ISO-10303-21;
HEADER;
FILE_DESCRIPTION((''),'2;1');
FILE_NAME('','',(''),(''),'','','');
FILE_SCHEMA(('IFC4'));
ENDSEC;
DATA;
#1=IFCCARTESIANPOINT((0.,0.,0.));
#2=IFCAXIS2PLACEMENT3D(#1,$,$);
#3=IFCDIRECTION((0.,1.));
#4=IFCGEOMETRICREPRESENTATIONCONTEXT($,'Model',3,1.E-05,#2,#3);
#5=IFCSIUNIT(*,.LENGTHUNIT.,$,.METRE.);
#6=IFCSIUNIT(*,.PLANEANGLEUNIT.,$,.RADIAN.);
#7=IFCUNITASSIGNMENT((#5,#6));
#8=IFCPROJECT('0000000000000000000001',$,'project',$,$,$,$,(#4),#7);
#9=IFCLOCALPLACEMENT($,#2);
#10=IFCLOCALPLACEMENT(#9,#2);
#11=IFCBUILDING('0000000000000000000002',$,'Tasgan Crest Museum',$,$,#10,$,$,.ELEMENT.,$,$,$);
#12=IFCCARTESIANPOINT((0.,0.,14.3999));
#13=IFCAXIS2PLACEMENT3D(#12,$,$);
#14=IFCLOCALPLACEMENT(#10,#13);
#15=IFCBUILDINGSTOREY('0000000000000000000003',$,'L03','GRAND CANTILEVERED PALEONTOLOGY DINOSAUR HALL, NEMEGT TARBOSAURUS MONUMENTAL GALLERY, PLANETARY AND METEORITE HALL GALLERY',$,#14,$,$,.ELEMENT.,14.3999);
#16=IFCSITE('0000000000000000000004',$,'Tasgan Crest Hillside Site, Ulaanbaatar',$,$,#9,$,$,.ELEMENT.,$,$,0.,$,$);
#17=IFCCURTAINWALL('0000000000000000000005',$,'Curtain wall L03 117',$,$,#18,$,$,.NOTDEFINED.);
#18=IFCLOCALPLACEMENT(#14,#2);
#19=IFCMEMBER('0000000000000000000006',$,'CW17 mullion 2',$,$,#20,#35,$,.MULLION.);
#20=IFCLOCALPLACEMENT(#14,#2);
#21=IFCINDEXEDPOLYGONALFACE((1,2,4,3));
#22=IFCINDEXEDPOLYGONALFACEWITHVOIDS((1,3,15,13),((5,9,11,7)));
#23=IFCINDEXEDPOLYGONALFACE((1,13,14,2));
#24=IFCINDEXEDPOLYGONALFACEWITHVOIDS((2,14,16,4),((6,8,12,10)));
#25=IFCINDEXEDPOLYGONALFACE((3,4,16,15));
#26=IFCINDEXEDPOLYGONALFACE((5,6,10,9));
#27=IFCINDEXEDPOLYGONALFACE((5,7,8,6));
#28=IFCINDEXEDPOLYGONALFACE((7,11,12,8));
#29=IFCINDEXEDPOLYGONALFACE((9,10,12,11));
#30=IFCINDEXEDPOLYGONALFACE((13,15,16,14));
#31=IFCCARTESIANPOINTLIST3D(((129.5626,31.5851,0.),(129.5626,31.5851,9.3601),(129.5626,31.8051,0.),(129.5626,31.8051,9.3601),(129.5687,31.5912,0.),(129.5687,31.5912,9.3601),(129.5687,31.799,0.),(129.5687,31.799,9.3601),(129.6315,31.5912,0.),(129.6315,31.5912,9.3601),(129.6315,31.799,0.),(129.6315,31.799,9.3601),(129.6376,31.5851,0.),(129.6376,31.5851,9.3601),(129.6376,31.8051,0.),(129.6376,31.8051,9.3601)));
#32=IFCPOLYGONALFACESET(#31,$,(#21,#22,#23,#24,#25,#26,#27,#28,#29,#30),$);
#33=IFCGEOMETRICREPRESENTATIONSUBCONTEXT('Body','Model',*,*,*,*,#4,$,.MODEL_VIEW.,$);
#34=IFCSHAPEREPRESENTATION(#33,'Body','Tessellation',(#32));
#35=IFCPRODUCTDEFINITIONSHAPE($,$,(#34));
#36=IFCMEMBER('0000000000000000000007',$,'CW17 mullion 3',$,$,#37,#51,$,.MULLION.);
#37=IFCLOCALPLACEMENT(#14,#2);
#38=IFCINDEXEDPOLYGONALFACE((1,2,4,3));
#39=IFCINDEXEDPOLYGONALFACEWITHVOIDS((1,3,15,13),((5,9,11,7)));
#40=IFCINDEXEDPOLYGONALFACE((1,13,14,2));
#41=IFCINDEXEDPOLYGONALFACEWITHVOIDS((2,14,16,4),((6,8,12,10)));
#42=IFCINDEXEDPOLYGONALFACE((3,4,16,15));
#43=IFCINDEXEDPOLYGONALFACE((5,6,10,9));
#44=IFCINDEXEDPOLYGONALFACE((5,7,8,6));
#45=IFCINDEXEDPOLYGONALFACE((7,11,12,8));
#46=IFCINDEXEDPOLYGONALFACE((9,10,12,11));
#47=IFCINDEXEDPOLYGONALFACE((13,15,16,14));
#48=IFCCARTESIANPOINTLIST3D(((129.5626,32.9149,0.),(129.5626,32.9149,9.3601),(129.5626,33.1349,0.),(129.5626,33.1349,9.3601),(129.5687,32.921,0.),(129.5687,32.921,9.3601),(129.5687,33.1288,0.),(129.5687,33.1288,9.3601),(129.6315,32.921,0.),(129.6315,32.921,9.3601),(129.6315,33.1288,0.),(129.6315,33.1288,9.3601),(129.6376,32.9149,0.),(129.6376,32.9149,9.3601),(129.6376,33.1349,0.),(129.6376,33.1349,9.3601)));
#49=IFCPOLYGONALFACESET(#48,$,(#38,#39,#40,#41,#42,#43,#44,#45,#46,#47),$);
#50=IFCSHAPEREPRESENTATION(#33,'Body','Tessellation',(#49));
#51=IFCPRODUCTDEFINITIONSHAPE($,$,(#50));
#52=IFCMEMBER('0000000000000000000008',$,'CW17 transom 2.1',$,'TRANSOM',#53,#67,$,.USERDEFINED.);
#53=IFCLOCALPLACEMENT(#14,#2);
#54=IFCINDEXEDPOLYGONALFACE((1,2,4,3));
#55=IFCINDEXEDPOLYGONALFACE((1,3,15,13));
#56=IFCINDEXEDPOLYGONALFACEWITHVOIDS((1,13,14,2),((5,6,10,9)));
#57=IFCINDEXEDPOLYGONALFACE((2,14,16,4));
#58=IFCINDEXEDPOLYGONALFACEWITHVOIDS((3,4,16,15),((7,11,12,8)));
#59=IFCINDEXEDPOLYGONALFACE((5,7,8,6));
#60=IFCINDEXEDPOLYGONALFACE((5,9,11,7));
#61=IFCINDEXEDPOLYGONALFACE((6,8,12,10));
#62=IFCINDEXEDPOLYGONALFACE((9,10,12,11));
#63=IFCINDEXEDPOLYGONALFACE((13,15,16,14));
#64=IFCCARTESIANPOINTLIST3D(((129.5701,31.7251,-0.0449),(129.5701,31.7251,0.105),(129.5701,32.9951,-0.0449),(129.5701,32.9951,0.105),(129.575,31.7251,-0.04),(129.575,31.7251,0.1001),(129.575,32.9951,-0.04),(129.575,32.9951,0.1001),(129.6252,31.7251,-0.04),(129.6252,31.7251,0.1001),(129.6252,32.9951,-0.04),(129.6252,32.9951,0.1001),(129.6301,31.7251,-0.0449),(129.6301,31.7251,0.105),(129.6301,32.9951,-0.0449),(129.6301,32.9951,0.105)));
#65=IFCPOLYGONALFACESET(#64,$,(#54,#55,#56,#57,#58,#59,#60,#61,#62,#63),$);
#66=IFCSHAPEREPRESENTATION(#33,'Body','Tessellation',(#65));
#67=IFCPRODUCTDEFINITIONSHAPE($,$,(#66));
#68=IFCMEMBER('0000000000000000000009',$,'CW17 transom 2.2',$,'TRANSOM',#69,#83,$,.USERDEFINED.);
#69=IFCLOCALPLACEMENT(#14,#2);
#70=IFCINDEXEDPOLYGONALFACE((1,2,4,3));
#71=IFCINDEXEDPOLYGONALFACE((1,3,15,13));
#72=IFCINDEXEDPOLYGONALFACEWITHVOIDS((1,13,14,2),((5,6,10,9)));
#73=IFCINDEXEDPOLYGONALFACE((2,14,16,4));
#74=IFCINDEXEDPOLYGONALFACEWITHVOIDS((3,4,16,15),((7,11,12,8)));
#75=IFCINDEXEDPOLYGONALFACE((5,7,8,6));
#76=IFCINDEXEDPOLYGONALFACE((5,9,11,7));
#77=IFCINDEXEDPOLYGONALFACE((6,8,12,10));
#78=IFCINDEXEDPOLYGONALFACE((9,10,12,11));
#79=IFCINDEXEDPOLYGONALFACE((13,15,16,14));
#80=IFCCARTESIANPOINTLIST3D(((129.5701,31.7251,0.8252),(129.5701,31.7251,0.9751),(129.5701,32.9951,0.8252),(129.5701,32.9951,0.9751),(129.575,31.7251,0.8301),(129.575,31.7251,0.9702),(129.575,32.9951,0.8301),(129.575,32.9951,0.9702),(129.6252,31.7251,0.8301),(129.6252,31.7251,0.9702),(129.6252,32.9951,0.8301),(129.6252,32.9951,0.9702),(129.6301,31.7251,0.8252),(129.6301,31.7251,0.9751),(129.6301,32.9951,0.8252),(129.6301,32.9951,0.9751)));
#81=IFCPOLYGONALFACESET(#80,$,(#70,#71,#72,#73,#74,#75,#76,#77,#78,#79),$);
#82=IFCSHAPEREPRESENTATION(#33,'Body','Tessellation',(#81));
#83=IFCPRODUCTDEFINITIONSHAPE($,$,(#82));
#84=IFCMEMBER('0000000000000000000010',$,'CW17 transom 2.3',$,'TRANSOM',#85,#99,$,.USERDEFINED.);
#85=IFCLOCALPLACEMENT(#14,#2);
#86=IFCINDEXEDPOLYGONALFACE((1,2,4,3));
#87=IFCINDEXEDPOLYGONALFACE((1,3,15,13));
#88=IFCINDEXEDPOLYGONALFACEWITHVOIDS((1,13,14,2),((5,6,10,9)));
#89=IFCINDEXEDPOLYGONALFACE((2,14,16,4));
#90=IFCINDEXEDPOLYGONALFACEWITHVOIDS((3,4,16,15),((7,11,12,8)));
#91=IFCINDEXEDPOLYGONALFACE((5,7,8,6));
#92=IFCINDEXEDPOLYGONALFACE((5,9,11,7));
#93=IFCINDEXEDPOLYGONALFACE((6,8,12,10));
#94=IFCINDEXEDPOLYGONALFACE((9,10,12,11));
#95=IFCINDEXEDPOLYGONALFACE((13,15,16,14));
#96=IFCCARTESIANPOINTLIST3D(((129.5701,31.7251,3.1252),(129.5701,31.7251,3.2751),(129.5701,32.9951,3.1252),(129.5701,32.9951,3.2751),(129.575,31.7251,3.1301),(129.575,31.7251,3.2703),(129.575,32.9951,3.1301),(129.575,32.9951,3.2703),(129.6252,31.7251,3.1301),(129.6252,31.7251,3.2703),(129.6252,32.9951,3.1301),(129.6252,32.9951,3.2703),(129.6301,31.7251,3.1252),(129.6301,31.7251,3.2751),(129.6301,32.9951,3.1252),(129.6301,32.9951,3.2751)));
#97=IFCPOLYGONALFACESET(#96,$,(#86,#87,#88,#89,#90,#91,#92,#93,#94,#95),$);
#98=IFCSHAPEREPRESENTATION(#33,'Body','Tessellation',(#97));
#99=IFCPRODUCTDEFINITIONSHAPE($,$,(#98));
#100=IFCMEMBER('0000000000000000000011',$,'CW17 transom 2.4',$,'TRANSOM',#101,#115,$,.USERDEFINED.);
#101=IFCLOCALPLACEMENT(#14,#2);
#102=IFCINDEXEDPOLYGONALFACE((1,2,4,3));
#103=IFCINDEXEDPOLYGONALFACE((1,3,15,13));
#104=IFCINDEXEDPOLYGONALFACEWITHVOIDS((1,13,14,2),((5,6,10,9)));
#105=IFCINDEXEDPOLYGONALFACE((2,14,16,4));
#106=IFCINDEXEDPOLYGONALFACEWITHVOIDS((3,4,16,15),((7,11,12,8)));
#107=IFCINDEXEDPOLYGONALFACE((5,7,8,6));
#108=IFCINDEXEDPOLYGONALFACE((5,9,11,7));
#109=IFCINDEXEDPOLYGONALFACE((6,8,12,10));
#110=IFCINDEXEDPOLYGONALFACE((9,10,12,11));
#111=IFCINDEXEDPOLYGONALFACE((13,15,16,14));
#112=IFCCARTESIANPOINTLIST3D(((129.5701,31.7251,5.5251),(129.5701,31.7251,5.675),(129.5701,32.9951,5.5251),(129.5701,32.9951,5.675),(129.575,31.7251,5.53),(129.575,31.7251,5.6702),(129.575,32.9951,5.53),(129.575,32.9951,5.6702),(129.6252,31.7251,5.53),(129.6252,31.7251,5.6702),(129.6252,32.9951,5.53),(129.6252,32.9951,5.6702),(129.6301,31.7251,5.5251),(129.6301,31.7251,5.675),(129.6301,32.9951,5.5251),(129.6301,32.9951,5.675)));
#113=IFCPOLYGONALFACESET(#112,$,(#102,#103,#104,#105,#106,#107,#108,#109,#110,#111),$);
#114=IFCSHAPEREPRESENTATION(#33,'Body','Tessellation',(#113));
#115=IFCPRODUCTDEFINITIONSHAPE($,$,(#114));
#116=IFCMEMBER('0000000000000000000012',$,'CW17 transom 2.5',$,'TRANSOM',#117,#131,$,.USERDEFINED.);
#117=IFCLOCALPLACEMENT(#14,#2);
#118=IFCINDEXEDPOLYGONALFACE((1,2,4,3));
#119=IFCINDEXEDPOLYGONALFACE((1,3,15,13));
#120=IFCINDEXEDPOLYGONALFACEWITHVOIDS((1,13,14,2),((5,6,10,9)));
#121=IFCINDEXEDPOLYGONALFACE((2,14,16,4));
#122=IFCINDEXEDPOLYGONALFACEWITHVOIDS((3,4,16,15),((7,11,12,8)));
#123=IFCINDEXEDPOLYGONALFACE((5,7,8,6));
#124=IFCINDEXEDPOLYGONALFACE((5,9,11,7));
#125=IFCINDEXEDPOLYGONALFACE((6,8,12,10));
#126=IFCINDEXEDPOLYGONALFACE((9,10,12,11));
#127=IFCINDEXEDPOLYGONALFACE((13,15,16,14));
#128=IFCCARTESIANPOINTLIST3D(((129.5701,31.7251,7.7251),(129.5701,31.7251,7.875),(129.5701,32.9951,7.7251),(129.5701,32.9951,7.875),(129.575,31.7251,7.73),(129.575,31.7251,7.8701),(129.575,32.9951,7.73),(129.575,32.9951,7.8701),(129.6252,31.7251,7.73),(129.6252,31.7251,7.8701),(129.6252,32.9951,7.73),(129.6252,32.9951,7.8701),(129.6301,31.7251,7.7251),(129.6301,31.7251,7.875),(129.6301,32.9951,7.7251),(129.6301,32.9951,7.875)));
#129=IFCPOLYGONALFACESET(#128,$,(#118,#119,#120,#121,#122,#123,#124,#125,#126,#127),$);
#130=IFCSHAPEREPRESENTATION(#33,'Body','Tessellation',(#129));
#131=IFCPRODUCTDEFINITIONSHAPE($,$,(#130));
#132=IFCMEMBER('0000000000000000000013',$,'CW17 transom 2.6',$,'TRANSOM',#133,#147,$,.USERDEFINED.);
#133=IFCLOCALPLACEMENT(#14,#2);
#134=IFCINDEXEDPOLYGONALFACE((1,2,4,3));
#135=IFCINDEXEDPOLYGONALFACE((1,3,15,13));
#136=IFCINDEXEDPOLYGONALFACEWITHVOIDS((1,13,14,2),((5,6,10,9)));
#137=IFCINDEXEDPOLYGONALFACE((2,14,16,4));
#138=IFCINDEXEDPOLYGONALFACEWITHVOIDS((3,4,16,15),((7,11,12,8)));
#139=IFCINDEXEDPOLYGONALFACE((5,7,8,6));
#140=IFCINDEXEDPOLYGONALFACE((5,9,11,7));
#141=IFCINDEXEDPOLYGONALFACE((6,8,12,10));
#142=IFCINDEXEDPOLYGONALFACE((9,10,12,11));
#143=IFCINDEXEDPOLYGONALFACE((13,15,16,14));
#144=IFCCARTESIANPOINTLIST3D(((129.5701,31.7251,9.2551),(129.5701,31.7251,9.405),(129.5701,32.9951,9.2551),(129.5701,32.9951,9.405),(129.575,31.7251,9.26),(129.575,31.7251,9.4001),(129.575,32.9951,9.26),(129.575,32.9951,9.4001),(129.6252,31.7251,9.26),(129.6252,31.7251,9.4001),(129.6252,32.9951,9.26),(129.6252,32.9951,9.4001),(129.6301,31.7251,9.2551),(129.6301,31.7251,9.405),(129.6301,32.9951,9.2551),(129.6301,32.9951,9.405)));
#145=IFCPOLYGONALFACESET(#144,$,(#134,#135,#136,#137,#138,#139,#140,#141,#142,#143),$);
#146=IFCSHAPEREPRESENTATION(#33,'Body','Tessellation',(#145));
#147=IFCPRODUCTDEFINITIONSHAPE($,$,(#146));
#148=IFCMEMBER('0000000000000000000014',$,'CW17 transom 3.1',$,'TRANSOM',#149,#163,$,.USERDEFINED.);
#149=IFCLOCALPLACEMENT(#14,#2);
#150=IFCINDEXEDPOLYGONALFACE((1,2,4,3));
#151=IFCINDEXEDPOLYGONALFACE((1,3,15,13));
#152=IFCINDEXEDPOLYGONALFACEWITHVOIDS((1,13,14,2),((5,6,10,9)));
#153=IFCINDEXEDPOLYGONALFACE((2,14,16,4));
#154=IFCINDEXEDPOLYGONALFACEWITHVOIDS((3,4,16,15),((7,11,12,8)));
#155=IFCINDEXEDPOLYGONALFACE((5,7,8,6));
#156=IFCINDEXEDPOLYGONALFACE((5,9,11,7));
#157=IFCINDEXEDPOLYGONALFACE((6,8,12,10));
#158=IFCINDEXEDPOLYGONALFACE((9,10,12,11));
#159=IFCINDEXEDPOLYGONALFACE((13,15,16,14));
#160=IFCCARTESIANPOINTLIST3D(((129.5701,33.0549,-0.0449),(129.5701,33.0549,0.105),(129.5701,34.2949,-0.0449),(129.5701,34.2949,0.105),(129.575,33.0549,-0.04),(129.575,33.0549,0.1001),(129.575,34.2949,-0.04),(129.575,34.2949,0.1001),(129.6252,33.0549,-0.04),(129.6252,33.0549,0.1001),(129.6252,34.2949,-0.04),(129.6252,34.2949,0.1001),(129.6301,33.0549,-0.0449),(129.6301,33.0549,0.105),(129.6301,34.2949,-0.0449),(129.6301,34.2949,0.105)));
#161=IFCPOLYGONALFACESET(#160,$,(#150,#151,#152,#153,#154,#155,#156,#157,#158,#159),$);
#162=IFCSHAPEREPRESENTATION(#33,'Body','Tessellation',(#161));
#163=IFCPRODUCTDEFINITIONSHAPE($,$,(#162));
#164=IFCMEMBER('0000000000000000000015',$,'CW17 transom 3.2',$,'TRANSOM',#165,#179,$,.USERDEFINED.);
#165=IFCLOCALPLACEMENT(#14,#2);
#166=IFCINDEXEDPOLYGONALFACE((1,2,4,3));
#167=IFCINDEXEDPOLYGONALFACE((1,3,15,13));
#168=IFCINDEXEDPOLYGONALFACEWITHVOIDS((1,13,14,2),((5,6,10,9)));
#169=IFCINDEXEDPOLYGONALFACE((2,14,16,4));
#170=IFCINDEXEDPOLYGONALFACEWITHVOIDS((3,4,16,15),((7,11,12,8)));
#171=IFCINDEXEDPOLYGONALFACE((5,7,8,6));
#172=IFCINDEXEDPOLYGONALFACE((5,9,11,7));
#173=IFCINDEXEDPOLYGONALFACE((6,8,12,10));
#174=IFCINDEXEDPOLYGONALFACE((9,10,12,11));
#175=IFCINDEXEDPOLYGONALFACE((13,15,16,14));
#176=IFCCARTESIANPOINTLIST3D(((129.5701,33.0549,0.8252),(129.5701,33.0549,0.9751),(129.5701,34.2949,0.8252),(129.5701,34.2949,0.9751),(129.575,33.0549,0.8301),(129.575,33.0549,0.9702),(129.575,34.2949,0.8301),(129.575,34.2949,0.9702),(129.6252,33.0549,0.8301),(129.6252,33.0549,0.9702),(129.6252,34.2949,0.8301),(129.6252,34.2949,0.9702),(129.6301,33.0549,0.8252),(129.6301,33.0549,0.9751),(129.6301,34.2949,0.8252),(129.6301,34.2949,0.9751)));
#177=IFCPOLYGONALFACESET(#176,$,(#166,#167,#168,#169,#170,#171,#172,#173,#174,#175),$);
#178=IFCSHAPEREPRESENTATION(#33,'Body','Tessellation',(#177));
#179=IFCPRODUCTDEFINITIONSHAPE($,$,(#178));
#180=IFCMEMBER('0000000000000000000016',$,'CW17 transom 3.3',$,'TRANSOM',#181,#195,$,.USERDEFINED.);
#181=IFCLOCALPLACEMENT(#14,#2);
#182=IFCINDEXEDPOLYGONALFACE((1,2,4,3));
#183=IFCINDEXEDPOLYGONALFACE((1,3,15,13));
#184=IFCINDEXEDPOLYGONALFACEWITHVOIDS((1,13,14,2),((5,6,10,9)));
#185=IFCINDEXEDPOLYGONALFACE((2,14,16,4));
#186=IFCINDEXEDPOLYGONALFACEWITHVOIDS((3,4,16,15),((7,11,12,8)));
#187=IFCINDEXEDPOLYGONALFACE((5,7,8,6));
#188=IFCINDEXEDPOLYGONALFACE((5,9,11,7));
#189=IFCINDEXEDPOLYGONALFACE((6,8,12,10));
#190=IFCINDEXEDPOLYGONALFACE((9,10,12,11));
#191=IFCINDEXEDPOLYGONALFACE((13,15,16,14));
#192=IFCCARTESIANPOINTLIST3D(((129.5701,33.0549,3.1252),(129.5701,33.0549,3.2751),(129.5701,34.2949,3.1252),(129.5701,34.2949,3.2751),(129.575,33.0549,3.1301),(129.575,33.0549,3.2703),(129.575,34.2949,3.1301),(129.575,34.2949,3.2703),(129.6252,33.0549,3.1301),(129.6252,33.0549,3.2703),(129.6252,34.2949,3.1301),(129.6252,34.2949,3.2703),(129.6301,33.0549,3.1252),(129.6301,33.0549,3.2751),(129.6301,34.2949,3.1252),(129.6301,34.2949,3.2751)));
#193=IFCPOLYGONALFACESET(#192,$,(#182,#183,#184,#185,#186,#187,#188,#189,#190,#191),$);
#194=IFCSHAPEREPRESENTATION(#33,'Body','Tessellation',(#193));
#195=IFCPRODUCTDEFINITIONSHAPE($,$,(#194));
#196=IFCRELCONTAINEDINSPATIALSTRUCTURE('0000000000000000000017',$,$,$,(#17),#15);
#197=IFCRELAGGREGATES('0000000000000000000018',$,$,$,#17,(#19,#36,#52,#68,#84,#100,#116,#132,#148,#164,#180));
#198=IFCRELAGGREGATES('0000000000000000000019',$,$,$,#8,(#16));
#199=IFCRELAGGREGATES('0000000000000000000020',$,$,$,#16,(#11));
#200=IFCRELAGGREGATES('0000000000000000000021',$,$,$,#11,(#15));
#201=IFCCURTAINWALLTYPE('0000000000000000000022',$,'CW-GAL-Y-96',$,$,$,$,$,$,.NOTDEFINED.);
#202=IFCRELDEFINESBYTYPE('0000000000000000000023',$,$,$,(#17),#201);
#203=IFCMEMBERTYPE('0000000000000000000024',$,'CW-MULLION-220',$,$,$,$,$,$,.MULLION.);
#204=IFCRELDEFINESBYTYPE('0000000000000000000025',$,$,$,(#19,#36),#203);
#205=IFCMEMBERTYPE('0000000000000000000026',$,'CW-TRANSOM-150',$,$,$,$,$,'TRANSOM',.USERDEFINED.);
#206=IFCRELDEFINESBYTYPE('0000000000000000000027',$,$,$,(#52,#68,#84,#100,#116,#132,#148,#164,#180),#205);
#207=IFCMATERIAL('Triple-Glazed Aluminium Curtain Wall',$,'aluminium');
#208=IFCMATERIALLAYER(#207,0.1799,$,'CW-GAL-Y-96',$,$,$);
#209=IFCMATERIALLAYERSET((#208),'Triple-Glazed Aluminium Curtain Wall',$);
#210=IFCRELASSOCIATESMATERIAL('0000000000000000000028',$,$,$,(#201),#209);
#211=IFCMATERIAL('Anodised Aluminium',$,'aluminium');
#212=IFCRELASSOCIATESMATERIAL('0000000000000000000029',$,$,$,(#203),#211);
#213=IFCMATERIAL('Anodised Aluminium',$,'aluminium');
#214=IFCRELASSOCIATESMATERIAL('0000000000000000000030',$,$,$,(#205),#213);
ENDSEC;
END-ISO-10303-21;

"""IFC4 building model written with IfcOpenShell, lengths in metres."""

from ifc_helpers import new_model, si_unit, direction, frame, origin, origin_2d, place, context, subcontext, project, spatial, hollow_rectangle, extrude, material, layer, layer_set, material_profile, profile_set, type_object, element, aggregate, save


model = new_model("IFC4")

# Units and contexts
model_context = context("Model", 3, precision=1e-05, world=origin(), true_north=direction((0.0, 1.0)))
body_context = subcontext(model_context, "Body", "Model", "MODEL_VIEW")
ifc_project = project(units=[si_unit("LENGTHUNIT", "METRE"), si_unit("PLANEANGLEUNIT", "RADIAN")], contexts=[model_context])

# Site, building, storey
site_placement = place(None, origin())
site = spatial("IfcSite", under=ifc_project, at=site_placement, Name="Tasgan Crest Hillside Site, Ulaanbaatar", CompositionType="ELEMENT", RefElevation=0.0)
building_placement = place(site_placement, origin())
building = spatial("IfcBuilding", under=site, at=building_placement, Name="Tasgan Crest Museum", CompositionType="ELEMENT")
storey_placement = place(building_placement, frame((0.0, 0.0, 14.3999)))
storey = spatial("IfcBuildingStorey", under=building, at=storey_placement, Name="L03", Description="GRAND CANTILEVERED PALEONTOLOGY DINOSAUR HALL, NEMEGT TARBOSAURUS MONUMENTAL GALLERY, PLANETARY AND METEORITE HALL GALLERY", CompositionType="ELEMENT", Elevation=14.3999)

# Curtain wall, members
ifc_material_1 = material(Name="Triple-Glazed Aluminium Curtain Wall", Category="aluminium")
ifc_layer_1 = layer(ifc_material_1, 0.1799, Name="CW-GAL-Y-96")
ifc_layer_set_1 = layer_set([ifc_layer_1], Name="Triple-Glazed Aluminium Curtain Wall")
curtain_wall_type = type_object("IfcCurtainWallType", Name="CW-GAL-Y-96", PredefinedType="NOTDEFINED", material=ifc_layer_set_1)
curtain_wall_placement = place(storey_placement, origin())
curtain_wall = element("IfcCurtainWall", 1, at=curtain_wall_placement, inside=storey, type_object=curtain_wall_type, Name="Curtain wall L03 117", PredefinedType="NOTDEFINED")
ifc_material_2 = material(Name="Anodised Aluminium", Category="aluminium")
ifc_material_profile_1 = material_profile(ifc_material_2, hollow_rectangle(XDim=0.075, YDim=0.22, WallThickness=0.0061, at=origin_2d()), Name="ALU MULLION 220x75x6")
ifc_profile_set_1 = profile_set([ifc_material_profile_1], Name="Anodised Aluminium")
member_type_1 = type_object("IfcMemberType", Name="CW-MULLION-220", PredefinedType="MULLION", material=ifc_profile_set_1)
member_1_placement = place(storey_placement, frame((129.6001, 31.6951, 0.0), z_axis=(0.0, 0.0, 1.0), x_axis=(-1.0, 0.0, 0.0)))
member_1 = element("IfcMember", 2, at=member_1_placement, type_object=member_type_1, Name="CW17 mullion 2", PredefinedType="MULLION", context=body_context, shape_type="SweptSolid", body=[
    extrude(hollow_rectangle(XDim=0.075, YDim=0.22, WallThickness=0.0061, at=origin_2d()), origin(), (0.0, 0.0, 1.0), 9.3601),
])
member_2_placement = place(storey_placement, frame((129.6001, 33.0249, 0.0), z_axis=(0.0, 0.0, 1.0), x_axis=(-1.0, 0.0, 0.0)))
member_2 = element("IfcMember", 3, at=member_2_placement, type_object=member_type_1, Name="CW17 mullion 3", PredefinedType="MULLION", context=body_context, shape_type="SweptSolid", body=[
    extrude(hollow_rectangle(XDim=0.075, YDim=0.22, WallThickness=0.0061, at=origin_2d()), origin(), (0.0, 0.0, 1.0), 9.3601),
])
ifc_material_3 = material(Name="Anodised Aluminium", Category="aluminium")
ifc_material_profile_2 = material_profile(ifc_material_3, hollow_rectangle(XDim=0.0601, YDim=0.1499, WallThickness=0.0049, at=origin_2d()), Name="ALU TRANSOM 150x60x5")
ifc_profile_set_2 = profile_set([ifc_material_profile_2], Name="Anodised Aluminium")
member_type_2 = type_object("IfcMemberType", Name="CW-TRANSOM-150", ElementType="TRANSOM", PredefinedType="USERDEFINED", material=ifc_profile_set_2)
member_3_placement = place(storey_placement, frame((129.6001, 31.7251, 0.03), z_axis=(0.0, 1.0, 0.0), x_axis=(-1.0, 0.0, 0.0)))
member_3 = element("IfcMember", 4, at=member_3_placement, type_object=member_type_2, Name="CW17 transom 2.1", ObjectType="TRANSOM", PredefinedType="USERDEFINED", context=body_context, shape_type="SweptSolid", body=[
    extrude(hollow_rectangle(XDim=0.0601, YDim=0.1499, WallThickness=0.0049, at=origin_2d()), origin(), (0.0, 0.0, 1.0), 1.27),
])
member_4_placement = place(storey_placement, frame((129.6001, 31.7251, 0.9001), z_axis=(0.0, 1.0, 0.0), x_axis=(-1.0, 0.0, 0.0)))
member_4 = element("IfcMember", 5, at=member_4_placement, type_object=member_type_2, Name="CW17 transom 2.2", ObjectType="TRANSOM", PredefinedType="USERDEFINED", context=body_context, shape_type="SweptSolid", body=[
    extrude(hollow_rectangle(XDim=0.0601, YDim=0.1499, WallThickness=0.0049, at=origin_2d()), origin(), (0.0, 0.0, 1.0), 1.27),
])
member_5_placement = place(storey_placement, frame((129.6001, 31.7251, 3.2002), z_axis=(0.0, 1.0, 0.0), x_axis=(-1.0, 0.0, 0.0)))
member_5 = element("IfcMember", 6, at=member_5_placement, type_object=member_type_2, Name="CW17 transom 2.3", ObjectType="TRANSOM", PredefinedType="USERDEFINED", context=body_context, shape_type="SweptSolid", body=[
    extrude(hollow_rectangle(XDim=0.0601, YDim=0.1499, WallThickness=0.0049, at=origin_2d()), origin(), (0.0, 0.0, 1.0), 1.27),
])
member_6_placement = place(storey_placement, frame((129.6001, 31.7251, 5.6001), z_axis=(0.0, 1.0, 0.0), x_axis=(-1.0, 0.0, 0.0)))
member_6 = element("IfcMember", 7, at=member_6_placement, type_object=member_type_2, Name="CW17 transom 2.4", ObjectType="TRANSOM", PredefinedType="USERDEFINED", context=body_context, shape_type="SweptSolid", body=[
    extrude(hollow_rectangle(XDim=0.0601, YDim=0.1499, WallThickness=0.0049, at=origin_2d()), origin(), (0.0, 0.0, 1.0), 1.27),
])
member_7_placement = place(storey_placement, frame((129.6001, 31.7251, 7.8), z_axis=(0.0, 1.0, 0.0), x_axis=(-1.0, 0.0, 0.0)))
member_7 = element("IfcMember", 8, at=member_7_placement, type_object=member_type_2, Name="CW17 transom 2.5", ObjectType="TRANSOM", PredefinedType="USERDEFINED", context=body_context, shape_type="SweptSolid", body=[
    extrude(hollow_rectangle(XDim=0.0601, YDim=0.1499, WallThickness=0.0049, at=origin_2d()), origin(), (0.0, 0.0, 1.0), 1.27),
])
member_8_placement = place(storey_placement, frame((129.6001, 31.7251, 9.3301), z_axis=(0.0, 1.0, 0.0), x_axis=(-1.0, 0.0, 0.0)))
member_8 = element("IfcMember", 9, at=member_8_placement, type_object=member_type_2, Name="CW17 transom 2.6", ObjectType="TRANSOM", PredefinedType="USERDEFINED", context=body_context, shape_type="SweptSolid", body=[
    extrude(hollow_rectangle(XDim=0.0601, YDim=0.1499, WallThickness=0.0049, at=origin_2d()), origin(), (0.0, 0.0, 1.0), 1.27),
])
member_9_placement = place(storey_placement, frame((129.6001, 33.0549, 0.03), z_axis=(0.0, 1.0, 0.0), x_axis=(-1.0, 0.0, 0.0)))
member_9 = element("IfcMember", 10, at=member_9_placement, type_object=member_type_2, Name="CW17 transom 3.1", ObjectType="TRANSOM", PredefinedType="USERDEFINED", context=body_context, shape_type="SweptSolid", body=[
    extrude(hollow_rectangle(XDim=0.0601, YDim=0.1499, WallThickness=0.0049, at=origin_2d()), origin(), (0.0, 0.0, 1.0), 1.24),
])
member_10_placement = place(storey_placement, frame((129.6001, 33.0549, 0.9001), z_axis=(0.0, 1.0, 0.0), x_axis=(-1.0, 0.0, 0.0)))
member_10 = element("IfcMember", 11, at=member_10_placement, type_object=member_type_2, Name="CW17 transom 3.2", ObjectType="TRANSOM", PredefinedType="USERDEFINED", context=body_context, shape_type="SweptSolid", body=[
    extrude(hollow_rectangle(XDim=0.0601, YDim=0.1499, WallThickness=0.0049, at=origin_2d()), origin(), (0.0, 0.0, 1.0), 1.24),
])
member_11_placement = place(storey_placement, frame((129.6001, 33.0549, 3.2002), z_axis=(0.0, 1.0, 0.0), x_axis=(-1.0, 0.0, 0.0)))
member_11 = element("IfcMember", 12, at=member_11_placement, type_object=member_type_2, Name="CW17 transom 3.3", ObjectType="TRANSOM", PredefinedType="USERDEFINED", context=body_context, shape_type="SweptSolid", body=[
    extrude(hollow_rectangle(XDim=0.0601, YDim=0.1499, WallThickness=0.0049, at=origin_2d()), origin(), (0.0, 0.0, 1.0), 1.24),
])
aggregate(curtain_wall, [member_1, member_2, member_3, member_4, member_5, member_6, member_7, member_8, member_9, member_10, member_11])

save(model, "model.ifc")
